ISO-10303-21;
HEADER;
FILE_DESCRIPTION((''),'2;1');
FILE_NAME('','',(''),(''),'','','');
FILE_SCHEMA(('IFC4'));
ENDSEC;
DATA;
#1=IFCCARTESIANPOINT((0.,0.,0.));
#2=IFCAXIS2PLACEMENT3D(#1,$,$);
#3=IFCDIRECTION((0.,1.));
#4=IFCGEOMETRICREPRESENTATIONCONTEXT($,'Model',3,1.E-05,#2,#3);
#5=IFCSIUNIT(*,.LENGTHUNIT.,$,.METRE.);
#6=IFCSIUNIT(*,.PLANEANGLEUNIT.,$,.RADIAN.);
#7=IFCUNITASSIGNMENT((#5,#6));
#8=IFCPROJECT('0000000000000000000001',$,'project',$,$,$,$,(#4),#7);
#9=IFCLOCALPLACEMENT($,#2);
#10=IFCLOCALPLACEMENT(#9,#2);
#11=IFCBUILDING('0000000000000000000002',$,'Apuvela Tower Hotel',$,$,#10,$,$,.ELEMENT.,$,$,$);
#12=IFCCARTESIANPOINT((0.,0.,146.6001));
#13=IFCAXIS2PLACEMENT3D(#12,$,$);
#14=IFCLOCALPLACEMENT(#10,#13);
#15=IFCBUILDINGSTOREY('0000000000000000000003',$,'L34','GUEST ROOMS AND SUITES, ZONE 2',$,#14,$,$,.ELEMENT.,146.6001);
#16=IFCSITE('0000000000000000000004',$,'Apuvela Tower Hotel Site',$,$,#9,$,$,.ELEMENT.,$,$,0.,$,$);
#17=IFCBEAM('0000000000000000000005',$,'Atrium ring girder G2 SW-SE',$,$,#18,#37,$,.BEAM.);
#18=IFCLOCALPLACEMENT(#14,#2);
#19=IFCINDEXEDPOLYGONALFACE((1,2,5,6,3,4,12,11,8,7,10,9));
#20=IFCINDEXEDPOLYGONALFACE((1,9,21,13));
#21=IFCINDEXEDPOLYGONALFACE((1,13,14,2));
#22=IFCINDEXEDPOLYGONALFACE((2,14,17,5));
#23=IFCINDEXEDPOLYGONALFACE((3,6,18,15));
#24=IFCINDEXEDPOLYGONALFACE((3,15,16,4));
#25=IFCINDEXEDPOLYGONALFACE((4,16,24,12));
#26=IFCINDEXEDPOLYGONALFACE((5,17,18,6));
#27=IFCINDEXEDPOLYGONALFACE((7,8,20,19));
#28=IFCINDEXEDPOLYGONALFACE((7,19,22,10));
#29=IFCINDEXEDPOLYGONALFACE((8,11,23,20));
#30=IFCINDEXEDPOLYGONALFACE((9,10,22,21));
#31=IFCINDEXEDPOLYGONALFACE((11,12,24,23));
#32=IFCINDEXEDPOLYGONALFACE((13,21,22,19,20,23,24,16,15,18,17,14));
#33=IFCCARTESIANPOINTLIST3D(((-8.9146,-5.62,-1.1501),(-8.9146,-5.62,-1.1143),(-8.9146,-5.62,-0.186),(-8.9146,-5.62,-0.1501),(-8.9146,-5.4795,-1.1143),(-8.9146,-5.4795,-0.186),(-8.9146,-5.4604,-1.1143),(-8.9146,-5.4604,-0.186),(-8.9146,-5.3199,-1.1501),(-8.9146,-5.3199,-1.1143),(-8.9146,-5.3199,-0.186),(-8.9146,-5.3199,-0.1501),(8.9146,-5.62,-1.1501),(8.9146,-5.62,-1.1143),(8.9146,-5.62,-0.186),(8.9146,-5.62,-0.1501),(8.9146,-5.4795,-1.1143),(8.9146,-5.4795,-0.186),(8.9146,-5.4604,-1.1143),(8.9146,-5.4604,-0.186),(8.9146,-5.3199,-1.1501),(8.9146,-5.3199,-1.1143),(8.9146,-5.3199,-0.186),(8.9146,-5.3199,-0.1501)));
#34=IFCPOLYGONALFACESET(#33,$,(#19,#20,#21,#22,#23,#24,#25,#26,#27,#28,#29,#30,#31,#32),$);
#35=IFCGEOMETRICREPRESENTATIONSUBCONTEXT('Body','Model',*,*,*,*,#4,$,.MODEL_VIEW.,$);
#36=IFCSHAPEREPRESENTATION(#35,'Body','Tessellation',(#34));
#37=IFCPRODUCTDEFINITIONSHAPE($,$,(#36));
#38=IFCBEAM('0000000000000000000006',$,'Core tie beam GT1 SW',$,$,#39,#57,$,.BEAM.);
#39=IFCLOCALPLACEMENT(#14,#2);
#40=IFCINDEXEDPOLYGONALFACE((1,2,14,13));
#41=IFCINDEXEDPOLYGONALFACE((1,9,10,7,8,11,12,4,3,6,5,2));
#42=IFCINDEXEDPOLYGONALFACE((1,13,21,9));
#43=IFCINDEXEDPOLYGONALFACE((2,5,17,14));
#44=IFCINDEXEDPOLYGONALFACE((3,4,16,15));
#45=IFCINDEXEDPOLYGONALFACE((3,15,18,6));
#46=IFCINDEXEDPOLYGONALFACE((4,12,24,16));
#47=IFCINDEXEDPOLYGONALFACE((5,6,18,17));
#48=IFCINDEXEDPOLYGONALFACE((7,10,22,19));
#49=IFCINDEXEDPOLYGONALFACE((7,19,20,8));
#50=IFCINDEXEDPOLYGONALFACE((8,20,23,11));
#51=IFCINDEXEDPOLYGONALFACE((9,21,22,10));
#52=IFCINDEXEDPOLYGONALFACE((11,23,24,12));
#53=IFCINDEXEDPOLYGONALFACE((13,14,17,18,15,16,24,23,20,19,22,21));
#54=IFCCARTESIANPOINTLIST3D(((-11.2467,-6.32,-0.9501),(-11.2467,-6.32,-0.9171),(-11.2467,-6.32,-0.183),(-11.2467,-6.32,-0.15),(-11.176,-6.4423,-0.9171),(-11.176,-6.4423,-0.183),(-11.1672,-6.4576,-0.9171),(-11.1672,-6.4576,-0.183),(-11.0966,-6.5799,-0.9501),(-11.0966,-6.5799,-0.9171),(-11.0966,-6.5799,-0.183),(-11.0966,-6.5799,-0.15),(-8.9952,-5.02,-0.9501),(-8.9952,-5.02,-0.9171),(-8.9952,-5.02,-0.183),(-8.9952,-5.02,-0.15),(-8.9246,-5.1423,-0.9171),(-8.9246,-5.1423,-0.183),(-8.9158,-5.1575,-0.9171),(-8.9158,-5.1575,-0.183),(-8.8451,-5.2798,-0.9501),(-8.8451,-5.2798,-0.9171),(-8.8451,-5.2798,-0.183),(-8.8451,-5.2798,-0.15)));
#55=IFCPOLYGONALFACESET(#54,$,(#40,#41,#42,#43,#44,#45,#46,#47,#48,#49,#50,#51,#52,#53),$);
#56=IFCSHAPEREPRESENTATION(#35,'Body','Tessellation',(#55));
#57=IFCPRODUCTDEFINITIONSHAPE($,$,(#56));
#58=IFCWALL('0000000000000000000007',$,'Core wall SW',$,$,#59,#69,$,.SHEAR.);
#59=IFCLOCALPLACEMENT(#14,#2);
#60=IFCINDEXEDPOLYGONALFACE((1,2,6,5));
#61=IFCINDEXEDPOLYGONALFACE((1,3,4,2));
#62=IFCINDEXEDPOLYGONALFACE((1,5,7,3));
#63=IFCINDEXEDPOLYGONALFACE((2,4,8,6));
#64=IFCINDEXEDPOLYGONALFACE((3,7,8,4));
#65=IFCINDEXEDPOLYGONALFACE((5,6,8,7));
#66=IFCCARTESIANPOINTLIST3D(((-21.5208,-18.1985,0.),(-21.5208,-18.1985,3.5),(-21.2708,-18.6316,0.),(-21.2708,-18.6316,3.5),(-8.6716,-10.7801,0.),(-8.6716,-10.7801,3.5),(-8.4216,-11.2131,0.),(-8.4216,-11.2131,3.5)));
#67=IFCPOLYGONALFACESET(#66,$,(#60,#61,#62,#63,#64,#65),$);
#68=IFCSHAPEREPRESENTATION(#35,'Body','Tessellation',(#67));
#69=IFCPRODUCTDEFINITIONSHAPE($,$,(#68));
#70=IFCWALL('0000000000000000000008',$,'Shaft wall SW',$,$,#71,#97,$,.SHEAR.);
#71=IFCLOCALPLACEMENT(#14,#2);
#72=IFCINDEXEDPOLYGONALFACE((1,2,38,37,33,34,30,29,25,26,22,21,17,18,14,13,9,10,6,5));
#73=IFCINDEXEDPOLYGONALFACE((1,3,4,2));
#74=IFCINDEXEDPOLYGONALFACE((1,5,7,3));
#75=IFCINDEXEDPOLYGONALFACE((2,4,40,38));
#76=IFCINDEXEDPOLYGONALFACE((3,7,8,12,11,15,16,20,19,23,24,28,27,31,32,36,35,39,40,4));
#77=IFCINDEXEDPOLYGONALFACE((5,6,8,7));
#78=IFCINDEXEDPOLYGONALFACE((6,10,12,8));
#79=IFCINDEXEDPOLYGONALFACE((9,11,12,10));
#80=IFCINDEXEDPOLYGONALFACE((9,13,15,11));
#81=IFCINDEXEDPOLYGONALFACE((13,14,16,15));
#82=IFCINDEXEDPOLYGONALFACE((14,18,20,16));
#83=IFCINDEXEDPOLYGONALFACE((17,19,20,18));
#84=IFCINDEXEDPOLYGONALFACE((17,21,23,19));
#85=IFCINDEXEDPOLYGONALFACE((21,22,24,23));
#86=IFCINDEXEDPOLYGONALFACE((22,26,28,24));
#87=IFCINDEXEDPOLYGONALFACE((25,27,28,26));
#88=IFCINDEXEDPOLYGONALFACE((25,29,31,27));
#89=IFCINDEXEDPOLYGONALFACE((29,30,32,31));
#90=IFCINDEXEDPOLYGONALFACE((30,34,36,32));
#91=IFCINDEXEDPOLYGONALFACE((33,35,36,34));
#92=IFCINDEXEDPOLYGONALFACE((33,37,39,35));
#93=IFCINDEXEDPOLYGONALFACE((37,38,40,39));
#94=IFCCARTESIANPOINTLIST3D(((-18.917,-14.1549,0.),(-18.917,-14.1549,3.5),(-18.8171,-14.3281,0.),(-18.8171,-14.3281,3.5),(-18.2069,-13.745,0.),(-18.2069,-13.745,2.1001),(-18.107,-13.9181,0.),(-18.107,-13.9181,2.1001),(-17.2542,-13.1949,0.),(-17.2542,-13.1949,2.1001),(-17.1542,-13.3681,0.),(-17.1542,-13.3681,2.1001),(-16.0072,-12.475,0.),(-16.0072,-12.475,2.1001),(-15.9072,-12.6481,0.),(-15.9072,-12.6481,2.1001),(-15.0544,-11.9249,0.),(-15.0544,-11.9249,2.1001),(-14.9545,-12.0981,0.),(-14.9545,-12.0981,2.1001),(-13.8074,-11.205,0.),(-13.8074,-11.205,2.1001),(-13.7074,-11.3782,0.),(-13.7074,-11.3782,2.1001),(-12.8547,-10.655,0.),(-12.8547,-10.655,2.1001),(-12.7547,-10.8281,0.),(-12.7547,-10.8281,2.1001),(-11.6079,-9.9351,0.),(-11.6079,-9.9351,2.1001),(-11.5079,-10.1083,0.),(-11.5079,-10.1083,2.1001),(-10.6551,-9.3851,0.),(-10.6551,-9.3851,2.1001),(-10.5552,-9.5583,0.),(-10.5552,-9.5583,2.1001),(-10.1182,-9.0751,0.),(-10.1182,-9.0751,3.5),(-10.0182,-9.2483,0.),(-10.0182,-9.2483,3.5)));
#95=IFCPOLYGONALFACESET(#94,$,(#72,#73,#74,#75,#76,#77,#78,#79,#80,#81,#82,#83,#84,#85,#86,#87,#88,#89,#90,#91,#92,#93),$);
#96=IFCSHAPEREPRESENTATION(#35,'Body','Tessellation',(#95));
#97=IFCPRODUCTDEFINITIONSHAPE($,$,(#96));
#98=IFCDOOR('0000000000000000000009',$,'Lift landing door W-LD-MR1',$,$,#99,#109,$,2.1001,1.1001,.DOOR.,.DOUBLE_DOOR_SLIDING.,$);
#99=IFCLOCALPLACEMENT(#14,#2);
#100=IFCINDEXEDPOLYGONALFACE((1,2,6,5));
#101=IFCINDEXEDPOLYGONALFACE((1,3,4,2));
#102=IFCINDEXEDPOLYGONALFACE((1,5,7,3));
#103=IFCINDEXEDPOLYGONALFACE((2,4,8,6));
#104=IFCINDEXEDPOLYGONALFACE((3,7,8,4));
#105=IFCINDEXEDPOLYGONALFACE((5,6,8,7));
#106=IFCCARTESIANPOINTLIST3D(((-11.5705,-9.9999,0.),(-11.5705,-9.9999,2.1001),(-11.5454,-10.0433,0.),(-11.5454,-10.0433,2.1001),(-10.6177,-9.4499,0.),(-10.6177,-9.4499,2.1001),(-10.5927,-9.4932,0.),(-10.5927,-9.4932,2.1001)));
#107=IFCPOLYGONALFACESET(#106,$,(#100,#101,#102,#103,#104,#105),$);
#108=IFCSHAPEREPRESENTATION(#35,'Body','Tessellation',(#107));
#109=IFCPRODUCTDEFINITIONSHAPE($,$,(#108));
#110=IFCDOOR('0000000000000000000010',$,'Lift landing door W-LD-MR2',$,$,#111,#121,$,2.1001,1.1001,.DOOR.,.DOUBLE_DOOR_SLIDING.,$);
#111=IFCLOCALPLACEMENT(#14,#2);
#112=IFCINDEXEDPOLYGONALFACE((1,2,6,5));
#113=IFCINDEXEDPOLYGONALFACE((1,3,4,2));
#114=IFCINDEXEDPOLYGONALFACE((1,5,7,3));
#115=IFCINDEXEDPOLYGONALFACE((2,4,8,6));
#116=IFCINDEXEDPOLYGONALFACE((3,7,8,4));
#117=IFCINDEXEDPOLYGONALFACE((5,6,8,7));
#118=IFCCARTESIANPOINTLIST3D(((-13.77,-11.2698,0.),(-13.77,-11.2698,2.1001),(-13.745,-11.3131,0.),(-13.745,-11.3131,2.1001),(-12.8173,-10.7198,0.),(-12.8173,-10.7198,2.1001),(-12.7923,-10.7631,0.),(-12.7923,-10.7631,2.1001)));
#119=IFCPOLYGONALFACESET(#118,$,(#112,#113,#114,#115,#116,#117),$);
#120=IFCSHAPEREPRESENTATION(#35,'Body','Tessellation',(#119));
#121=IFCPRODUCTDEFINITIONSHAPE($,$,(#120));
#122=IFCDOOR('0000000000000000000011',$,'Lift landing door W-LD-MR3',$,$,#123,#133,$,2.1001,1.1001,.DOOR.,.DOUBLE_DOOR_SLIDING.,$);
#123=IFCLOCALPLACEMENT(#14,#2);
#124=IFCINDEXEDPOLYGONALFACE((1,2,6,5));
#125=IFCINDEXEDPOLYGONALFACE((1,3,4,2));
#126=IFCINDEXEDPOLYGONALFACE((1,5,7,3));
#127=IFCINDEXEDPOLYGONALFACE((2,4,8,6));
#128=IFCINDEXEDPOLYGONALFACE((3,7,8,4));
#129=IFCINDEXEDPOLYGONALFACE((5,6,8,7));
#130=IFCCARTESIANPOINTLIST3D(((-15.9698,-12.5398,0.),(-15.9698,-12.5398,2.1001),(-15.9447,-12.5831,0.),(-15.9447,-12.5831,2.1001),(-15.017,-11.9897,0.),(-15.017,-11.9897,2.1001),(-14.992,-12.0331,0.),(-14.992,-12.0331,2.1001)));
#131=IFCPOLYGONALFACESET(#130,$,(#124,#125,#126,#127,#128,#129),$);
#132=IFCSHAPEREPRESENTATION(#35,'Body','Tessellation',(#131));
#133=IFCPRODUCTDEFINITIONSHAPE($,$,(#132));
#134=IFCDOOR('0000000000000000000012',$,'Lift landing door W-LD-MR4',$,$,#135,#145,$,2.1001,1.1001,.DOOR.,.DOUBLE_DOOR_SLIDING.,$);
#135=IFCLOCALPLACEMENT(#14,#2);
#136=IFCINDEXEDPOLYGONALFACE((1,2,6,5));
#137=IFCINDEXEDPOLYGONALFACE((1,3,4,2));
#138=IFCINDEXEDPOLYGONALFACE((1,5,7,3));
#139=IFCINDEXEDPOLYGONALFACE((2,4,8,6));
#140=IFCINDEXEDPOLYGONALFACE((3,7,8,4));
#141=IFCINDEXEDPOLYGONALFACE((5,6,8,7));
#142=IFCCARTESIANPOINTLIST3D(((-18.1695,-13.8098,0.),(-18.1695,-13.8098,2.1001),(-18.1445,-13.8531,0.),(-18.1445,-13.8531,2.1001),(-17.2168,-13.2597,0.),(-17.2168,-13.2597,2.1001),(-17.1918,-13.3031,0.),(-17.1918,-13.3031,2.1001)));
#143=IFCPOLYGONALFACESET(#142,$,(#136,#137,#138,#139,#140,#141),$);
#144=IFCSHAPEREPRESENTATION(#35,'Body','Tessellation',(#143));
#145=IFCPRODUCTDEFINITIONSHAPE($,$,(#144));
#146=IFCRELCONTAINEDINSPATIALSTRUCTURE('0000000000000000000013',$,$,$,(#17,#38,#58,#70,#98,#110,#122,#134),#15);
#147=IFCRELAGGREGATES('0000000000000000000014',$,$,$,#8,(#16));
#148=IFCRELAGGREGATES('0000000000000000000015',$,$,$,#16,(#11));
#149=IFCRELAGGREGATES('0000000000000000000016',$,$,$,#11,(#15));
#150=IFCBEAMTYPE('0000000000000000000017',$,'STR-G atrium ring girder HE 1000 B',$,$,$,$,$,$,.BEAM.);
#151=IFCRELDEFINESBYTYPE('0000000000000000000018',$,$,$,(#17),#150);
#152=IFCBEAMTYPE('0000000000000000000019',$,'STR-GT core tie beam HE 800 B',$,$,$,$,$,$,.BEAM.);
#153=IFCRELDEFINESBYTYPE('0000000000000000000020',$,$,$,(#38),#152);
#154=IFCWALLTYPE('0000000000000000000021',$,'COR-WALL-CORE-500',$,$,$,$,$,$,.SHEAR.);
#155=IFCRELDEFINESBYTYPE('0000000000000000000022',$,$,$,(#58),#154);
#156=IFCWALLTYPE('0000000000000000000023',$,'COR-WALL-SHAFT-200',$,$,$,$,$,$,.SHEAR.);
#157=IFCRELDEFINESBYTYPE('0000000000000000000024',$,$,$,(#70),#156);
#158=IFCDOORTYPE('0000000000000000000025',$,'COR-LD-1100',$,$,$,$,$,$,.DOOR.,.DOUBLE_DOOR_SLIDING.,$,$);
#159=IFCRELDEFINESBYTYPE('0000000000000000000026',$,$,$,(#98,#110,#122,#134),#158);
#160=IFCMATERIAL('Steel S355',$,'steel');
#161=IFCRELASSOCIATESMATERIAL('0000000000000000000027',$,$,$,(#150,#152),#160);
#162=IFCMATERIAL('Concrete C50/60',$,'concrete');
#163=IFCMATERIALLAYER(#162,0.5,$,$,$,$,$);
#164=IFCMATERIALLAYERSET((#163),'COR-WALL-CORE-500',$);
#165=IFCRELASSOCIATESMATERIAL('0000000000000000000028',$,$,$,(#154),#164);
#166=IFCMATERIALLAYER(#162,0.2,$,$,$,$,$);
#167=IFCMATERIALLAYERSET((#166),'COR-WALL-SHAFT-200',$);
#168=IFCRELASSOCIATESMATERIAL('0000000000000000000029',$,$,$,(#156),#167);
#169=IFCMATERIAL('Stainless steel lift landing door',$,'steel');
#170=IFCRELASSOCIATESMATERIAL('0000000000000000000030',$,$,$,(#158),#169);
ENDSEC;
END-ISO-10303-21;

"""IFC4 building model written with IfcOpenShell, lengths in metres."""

from ifc_helpers import new_model, si_unit, direction, frame, frame_2d, origin, origin_2d, place, context, subcontext, project, spatial, rectangle, i_section, extrude, material, layer, layer_set, material_profile, profile_set, type_object, element, fill, save


model = new_model("IFC4")

# Units and contexts
model_context = context("Model", 3, precision=1e-05, world=origin(), true_north=direction((0.0, 1.0)))
body_context = subcontext(model_context, "Body", "Model", "MODEL_VIEW")
ifc_project = project(units=[si_unit("LENGTHUNIT", "METRE"), si_unit("PLANEANGLEUNIT", "RADIAN")], contexts=[model_context])

# Site, building, storey
site_placement = place(None, origin())
site = spatial("IfcSite", under=ifc_project, at=site_placement, Name="Apuvela Tower Hotel Site", CompositionType="ELEMENT", RefElevation=0.0)
building_placement = place(site_placement, origin())
building = spatial("IfcBuilding", under=site, at=building_placement, Name="Apuvela Tower Hotel", CompositionType="ELEMENT")
storey_placement = place(building_placement, frame((0.0, 0.0, 146.6001)))
storey = spatial("IfcBuildingStorey", under=building, at=storey_placement, Name="L34", Description="GUEST ROOMS AND SUITES, ZONE 2", CompositionType="ELEMENT", Elevation=146.6001)

# Beams
ifc_material_1 = material(Name="Steel S355", Category="steel")
ifc_material_profile_1 = material_profile(ifc_material_1, i_section(OverallWidth=0.3, OverallDepth=1.0, WebThickness=0.019, FlangeThickness=0.0359, at=origin_2d()), Name="HE 1000 B")
ifc_profile_set_1 = profile_set([ifc_material_profile_1], Name="Steel S355")
beam_type_1 = type_object("IfcBeamType", Name="STR-G atrium ring girder HE 1000 B", PredefinedType="BEAM", material=ifc_profile_set_1)
beam_1_placement = place(storey_placement, frame((-8.9146, -5.47, -0.6501), z_axis=(1.0, 0.0, 0.0), x_axis=(0.0, 1.0, 0.0)))
element("IfcBeam", 1, at=beam_1_placement, inside=storey, type_object=beam_type_1, Name="Atrium ring girder G2 SW-SE", PredefinedType="BEAM", context=body_context, shape_type="SweptSolid", body=[
    extrude(i_section(OverallWidth=0.3, OverallDepth=1.0, WebThickness=0.019, FlangeThickness=0.0359, at=origin_2d()), origin(), (0.0, 0.0, 1.0), 17.8291),
])
ifc_material_profile_2 = material_profile(ifc_material_1, i_section(OverallWidth=0.3, OverallDepth=0.8, WebThickness=0.0176, FlangeThickness=0.033, at=origin_2d()), Name="HE 800 B")
ifc_profile_set_2 = profile_set([ifc_material_profile_2], Name="Steel S355")
beam_type_2 = type_object("IfcBeamType", Name="STR-GT core tie beam HE 800 B", PredefinedType="BEAM", material=ifc_profile_set_2)
beam_2_placement = place(storey_placement, frame((-11.1716, -6.45, -0.55), z_axis=(0.865998, 0.500048, 0.0), x_axis=(-0.500048, 0.865998, 0.0)))
element("IfcBeam", 2, at=beam_2_placement, inside=storey, type_object=beam_type_2, Name="Core tie beam GT1 SW", PredefinedType="BEAM", context=body_context, shape_type="SweptSolid", body=[
    extrude(i_section(OverallWidth=0.3, OverallDepth=0.8, WebThickness=0.0176, FlangeThickness=0.033, at=origin_2d()), origin(), (0.0, 0.0, 1.0), 2.5999),
])

# Wall
ifc_material_2 = material(Name="Concrete C50/60", Category="concrete")
ifc_layer_1 = layer(ifc_material_2, 0.5)
ifc_layer_set_1 = layer_set([ifc_layer_1], Name="COR-WALL-CORE-500")
wall_type_1 = type_object("IfcWallType", Name="COR-WALL-CORE-500", PredefinedType="SHEAR", material=ifc_layer_set_1)
wall_1_placement = place(storey_placement, frame((-8.5466, -10.9966, 0.0), z_axis=(0.0, 0.0, 1.0), x_axis=(-0.866025, -0.500001, 0.0)))
element("IfcWall", 3, at=wall_1_placement, inside=storey, type_object=wall_type_1, Name="Core wall SW", PredefinedType="SHEAR", context=body_context, shape_type="SweptSolid", body=[
    extrude(rectangle(XDim=14.8369, YDim=0.5, at=frame_2d((7.4185, 0.0))), origin(), (0.0, 0.0, 1.0), 3.5),
])

# Wall, openings, doors
ifc_layer_2 = layer(ifc_material_2, 0.2)
ifc_layer_set_2 = layer_set([ifc_layer_2], Name="COR-WALL-SHAFT-200")
wall_type_2 = type_object("IfcWallType", Name="COR-WALL-SHAFT-200", PredefinedType="SHEAR", material=ifc_layer_set_2)
wall_2_placement = place(storey_placement, frame((-10.0681, -9.1616, 0.0), z_axis=(0.0, 0.0, 1.0), x_axis=(-0.866033, -0.499987, 0.0)))
wall_2 = element("IfcWall", 4, at=wall_2_placement, inside=storey, type_object=wall_type_2, Name="Shaft wall SW", PredefinedType="SHEAR", context=body_context, shape_type="SweptSolid", body=[
    extrude(rectangle(XDim=10.1599, YDim=0.2, at=frame_2d((5.0801, 0.0))), origin(), (0.0, 0.0, 1.0), 3.5),
])
opening_1_placement = place(wall_2_placement, frame((0.6201, 0.0, 0.0)))
opening_1 = element("IfcOpeningElement", 5, at=opening_1_placement, cuts=wall_2, PredefinedType="OPENING", context=body_context, shape_type="SweptSolid", body=[
    extrude(rectangle(XDim=1.1001, YDim=2.1001, at=frame_2d((0.55, 1.05))), frame((0.0, 0.1099, 0.0), z_axis=(0.0, -1.0, 0.0), x_axis=(1.0, 0.0, 0.0)), (0.0, 0.0, 1.0), 0.22),
])
opening_2_placement = place(wall_2_placement, frame((3.1599, 0.0, 0.0)))
opening_2 = element("IfcOpeningElement", 6, at=opening_2_placement, cuts=wall_2, PredefinedType="OPENING", context=body_context, shape_type="SweptSolid", body=[
    extrude(rectangle(XDim=1.1001, YDim=2.1001, at=frame_2d((0.55, 1.05))), frame((0.0, 0.1099, 0.0), z_axis=(0.0, -1.0, 0.0), x_axis=(1.0, 0.0, 0.0)), (0.0, 0.0, 1.0), 0.22),
])
opening_3_placement = place(wall_2_placement, frame((5.7, 0.0, 0.0)))
opening_3 = element("IfcOpeningElement", 7, at=opening_3_placement, cuts=wall_2, PredefinedType="OPENING", context=body_context, shape_type="SweptSolid", body=[
    extrude(rectangle(XDim=1.1001, YDim=2.1001, at=frame_2d((0.55, 1.05))), frame((0.0, 0.1099, 0.0), z_axis=(0.0, -1.0, 0.0), x_axis=(1.0, 0.0, 0.0)), (0.0, 0.0, 1.0), 0.22),
])
opening_4_placement = place(wall_2_placement, frame((8.24, 0.0, 0.0)))
opening_4 = element("IfcOpeningElement", 8, at=opening_4_placement, cuts=wall_2, PredefinedType="OPENING", context=body_context, shape_type="SweptSolid", body=[
    extrude(rectangle(XDim=1.1001, YDim=2.1001, at=frame_2d((0.55, 1.05))), frame((0.0, 0.1099, 0.0), z_axis=(0.0, -1.0, 0.0), x_axis=(1.0, 0.0, 0.0)), (0.0, 0.0, 1.0), 0.22),
])
ifc_material_3 = material(Name="Stainless steel lift landing door", Category="steel")
door_type_1 = type_object("IfcDoorType", Name="COR-LD-1100", OperationType="DOUBLE_DOOR_SLIDING", PredefinedType="DOOR", material=ifc_material_3)
door_1_placement = place(opening_1_placement, origin())
door_1 = element("IfcDoor", 9, at=door_1_placement, inside=storey, type_object=door_type_1, Name="Lift landing door W-LD-MR1", OperationType="DOUBLE_DOOR_SLIDING", OverallHeight=2.1001, OverallWidth=1.1001, PredefinedType="DOOR", context=body_context, shape_type="SweptSolid", body=[
    extrude(rectangle(XDim=1.1001, YDim=2.1001, at=frame_2d((0.55, 1.05))), frame((0.0, 0.0249, 0.0), z_axis=(0.0, -1.0, 0.0), x_axis=(1.0, 0.0, 0.0)), (0.0, 0.0, 1.0), 0.05),
])
fill(opening_1, door_1)
door_2_placement = place(opening_2_placement, origin())
door_2 = element("IfcDoor", 10, at=door_2_placement, inside=storey, type_object=door_type_1, Name="Lift landing door W-LD-MR2", OperationType="DOUBLE_DOOR_SLIDING", OverallHeight=2.1001, OverallWidth=1.1001, PredefinedType="DOOR", context=body_context, shape_type="SweptSolid", body=[
    extrude(rectangle(XDim=1.1001, YDim=2.1001, at=frame_2d((0.55, 1.05))), frame((0.0, 0.0249, 0.0), z_axis=(0.0, -1.0, 0.0), x_axis=(1.0, 0.0, 0.0)), (0.0, 0.0, 1.0), 0.05),
])
fill(opening_2, door_2)
door_3_placement = place(opening_3_placement, origin())
door_3 = element("IfcDoor", 11, at=door_3_placement, inside=storey, type_object=door_type_1, Name="Lift landing door W-LD-MR3", OperationType="DOUBLE_DOOR_SLIDING", OverallHeight=2.1001, OverallWidth=1.1001, PredefinedType="DOOR", context=body_context, shape_type="SweptSolid", body=[
    extrude(rectangle(XDim=1.1001, YDim=2.1001, at=frame_2d((0.55, 1.05))), frame((0.0, 0.0249, 0.0), z_axis=(0.0, -1.0, 0.0), x_axis=(1.0, 0.0, 0.0)), (0.0, 0.0, 1.0), 0.05),
])
fill(opening_3, door_3)
door_4_placement = place(opening_4_placement, origin())
door_4 = element("IfcDoor", 12, at=door_4_placement, inside=storey, type_object=door_type_1, Name="Lift landing door W-LD-MR4", OperationType="DOUBLE_DOOR_SLIDING", OverallHeight=2.1001, OverallWidth=1.1001, PredefinedType="DOOR", context=body_context, shape_type="SweptSolid", body=[
    extrude(rectangle(XDim=1.1001, YDim=2.1001, at=frame_2d((0.55, 1.05))), frame((0.0, 0.0249, 0.0), z_axis=(0.0, -1.0, 0.0), x_axis=(1.0, 0.0, 0.0)), (0.0, 0.0, 1.0), 0.05),
])
fill(opening_4, door_4)

save(model, "model.ifc")
